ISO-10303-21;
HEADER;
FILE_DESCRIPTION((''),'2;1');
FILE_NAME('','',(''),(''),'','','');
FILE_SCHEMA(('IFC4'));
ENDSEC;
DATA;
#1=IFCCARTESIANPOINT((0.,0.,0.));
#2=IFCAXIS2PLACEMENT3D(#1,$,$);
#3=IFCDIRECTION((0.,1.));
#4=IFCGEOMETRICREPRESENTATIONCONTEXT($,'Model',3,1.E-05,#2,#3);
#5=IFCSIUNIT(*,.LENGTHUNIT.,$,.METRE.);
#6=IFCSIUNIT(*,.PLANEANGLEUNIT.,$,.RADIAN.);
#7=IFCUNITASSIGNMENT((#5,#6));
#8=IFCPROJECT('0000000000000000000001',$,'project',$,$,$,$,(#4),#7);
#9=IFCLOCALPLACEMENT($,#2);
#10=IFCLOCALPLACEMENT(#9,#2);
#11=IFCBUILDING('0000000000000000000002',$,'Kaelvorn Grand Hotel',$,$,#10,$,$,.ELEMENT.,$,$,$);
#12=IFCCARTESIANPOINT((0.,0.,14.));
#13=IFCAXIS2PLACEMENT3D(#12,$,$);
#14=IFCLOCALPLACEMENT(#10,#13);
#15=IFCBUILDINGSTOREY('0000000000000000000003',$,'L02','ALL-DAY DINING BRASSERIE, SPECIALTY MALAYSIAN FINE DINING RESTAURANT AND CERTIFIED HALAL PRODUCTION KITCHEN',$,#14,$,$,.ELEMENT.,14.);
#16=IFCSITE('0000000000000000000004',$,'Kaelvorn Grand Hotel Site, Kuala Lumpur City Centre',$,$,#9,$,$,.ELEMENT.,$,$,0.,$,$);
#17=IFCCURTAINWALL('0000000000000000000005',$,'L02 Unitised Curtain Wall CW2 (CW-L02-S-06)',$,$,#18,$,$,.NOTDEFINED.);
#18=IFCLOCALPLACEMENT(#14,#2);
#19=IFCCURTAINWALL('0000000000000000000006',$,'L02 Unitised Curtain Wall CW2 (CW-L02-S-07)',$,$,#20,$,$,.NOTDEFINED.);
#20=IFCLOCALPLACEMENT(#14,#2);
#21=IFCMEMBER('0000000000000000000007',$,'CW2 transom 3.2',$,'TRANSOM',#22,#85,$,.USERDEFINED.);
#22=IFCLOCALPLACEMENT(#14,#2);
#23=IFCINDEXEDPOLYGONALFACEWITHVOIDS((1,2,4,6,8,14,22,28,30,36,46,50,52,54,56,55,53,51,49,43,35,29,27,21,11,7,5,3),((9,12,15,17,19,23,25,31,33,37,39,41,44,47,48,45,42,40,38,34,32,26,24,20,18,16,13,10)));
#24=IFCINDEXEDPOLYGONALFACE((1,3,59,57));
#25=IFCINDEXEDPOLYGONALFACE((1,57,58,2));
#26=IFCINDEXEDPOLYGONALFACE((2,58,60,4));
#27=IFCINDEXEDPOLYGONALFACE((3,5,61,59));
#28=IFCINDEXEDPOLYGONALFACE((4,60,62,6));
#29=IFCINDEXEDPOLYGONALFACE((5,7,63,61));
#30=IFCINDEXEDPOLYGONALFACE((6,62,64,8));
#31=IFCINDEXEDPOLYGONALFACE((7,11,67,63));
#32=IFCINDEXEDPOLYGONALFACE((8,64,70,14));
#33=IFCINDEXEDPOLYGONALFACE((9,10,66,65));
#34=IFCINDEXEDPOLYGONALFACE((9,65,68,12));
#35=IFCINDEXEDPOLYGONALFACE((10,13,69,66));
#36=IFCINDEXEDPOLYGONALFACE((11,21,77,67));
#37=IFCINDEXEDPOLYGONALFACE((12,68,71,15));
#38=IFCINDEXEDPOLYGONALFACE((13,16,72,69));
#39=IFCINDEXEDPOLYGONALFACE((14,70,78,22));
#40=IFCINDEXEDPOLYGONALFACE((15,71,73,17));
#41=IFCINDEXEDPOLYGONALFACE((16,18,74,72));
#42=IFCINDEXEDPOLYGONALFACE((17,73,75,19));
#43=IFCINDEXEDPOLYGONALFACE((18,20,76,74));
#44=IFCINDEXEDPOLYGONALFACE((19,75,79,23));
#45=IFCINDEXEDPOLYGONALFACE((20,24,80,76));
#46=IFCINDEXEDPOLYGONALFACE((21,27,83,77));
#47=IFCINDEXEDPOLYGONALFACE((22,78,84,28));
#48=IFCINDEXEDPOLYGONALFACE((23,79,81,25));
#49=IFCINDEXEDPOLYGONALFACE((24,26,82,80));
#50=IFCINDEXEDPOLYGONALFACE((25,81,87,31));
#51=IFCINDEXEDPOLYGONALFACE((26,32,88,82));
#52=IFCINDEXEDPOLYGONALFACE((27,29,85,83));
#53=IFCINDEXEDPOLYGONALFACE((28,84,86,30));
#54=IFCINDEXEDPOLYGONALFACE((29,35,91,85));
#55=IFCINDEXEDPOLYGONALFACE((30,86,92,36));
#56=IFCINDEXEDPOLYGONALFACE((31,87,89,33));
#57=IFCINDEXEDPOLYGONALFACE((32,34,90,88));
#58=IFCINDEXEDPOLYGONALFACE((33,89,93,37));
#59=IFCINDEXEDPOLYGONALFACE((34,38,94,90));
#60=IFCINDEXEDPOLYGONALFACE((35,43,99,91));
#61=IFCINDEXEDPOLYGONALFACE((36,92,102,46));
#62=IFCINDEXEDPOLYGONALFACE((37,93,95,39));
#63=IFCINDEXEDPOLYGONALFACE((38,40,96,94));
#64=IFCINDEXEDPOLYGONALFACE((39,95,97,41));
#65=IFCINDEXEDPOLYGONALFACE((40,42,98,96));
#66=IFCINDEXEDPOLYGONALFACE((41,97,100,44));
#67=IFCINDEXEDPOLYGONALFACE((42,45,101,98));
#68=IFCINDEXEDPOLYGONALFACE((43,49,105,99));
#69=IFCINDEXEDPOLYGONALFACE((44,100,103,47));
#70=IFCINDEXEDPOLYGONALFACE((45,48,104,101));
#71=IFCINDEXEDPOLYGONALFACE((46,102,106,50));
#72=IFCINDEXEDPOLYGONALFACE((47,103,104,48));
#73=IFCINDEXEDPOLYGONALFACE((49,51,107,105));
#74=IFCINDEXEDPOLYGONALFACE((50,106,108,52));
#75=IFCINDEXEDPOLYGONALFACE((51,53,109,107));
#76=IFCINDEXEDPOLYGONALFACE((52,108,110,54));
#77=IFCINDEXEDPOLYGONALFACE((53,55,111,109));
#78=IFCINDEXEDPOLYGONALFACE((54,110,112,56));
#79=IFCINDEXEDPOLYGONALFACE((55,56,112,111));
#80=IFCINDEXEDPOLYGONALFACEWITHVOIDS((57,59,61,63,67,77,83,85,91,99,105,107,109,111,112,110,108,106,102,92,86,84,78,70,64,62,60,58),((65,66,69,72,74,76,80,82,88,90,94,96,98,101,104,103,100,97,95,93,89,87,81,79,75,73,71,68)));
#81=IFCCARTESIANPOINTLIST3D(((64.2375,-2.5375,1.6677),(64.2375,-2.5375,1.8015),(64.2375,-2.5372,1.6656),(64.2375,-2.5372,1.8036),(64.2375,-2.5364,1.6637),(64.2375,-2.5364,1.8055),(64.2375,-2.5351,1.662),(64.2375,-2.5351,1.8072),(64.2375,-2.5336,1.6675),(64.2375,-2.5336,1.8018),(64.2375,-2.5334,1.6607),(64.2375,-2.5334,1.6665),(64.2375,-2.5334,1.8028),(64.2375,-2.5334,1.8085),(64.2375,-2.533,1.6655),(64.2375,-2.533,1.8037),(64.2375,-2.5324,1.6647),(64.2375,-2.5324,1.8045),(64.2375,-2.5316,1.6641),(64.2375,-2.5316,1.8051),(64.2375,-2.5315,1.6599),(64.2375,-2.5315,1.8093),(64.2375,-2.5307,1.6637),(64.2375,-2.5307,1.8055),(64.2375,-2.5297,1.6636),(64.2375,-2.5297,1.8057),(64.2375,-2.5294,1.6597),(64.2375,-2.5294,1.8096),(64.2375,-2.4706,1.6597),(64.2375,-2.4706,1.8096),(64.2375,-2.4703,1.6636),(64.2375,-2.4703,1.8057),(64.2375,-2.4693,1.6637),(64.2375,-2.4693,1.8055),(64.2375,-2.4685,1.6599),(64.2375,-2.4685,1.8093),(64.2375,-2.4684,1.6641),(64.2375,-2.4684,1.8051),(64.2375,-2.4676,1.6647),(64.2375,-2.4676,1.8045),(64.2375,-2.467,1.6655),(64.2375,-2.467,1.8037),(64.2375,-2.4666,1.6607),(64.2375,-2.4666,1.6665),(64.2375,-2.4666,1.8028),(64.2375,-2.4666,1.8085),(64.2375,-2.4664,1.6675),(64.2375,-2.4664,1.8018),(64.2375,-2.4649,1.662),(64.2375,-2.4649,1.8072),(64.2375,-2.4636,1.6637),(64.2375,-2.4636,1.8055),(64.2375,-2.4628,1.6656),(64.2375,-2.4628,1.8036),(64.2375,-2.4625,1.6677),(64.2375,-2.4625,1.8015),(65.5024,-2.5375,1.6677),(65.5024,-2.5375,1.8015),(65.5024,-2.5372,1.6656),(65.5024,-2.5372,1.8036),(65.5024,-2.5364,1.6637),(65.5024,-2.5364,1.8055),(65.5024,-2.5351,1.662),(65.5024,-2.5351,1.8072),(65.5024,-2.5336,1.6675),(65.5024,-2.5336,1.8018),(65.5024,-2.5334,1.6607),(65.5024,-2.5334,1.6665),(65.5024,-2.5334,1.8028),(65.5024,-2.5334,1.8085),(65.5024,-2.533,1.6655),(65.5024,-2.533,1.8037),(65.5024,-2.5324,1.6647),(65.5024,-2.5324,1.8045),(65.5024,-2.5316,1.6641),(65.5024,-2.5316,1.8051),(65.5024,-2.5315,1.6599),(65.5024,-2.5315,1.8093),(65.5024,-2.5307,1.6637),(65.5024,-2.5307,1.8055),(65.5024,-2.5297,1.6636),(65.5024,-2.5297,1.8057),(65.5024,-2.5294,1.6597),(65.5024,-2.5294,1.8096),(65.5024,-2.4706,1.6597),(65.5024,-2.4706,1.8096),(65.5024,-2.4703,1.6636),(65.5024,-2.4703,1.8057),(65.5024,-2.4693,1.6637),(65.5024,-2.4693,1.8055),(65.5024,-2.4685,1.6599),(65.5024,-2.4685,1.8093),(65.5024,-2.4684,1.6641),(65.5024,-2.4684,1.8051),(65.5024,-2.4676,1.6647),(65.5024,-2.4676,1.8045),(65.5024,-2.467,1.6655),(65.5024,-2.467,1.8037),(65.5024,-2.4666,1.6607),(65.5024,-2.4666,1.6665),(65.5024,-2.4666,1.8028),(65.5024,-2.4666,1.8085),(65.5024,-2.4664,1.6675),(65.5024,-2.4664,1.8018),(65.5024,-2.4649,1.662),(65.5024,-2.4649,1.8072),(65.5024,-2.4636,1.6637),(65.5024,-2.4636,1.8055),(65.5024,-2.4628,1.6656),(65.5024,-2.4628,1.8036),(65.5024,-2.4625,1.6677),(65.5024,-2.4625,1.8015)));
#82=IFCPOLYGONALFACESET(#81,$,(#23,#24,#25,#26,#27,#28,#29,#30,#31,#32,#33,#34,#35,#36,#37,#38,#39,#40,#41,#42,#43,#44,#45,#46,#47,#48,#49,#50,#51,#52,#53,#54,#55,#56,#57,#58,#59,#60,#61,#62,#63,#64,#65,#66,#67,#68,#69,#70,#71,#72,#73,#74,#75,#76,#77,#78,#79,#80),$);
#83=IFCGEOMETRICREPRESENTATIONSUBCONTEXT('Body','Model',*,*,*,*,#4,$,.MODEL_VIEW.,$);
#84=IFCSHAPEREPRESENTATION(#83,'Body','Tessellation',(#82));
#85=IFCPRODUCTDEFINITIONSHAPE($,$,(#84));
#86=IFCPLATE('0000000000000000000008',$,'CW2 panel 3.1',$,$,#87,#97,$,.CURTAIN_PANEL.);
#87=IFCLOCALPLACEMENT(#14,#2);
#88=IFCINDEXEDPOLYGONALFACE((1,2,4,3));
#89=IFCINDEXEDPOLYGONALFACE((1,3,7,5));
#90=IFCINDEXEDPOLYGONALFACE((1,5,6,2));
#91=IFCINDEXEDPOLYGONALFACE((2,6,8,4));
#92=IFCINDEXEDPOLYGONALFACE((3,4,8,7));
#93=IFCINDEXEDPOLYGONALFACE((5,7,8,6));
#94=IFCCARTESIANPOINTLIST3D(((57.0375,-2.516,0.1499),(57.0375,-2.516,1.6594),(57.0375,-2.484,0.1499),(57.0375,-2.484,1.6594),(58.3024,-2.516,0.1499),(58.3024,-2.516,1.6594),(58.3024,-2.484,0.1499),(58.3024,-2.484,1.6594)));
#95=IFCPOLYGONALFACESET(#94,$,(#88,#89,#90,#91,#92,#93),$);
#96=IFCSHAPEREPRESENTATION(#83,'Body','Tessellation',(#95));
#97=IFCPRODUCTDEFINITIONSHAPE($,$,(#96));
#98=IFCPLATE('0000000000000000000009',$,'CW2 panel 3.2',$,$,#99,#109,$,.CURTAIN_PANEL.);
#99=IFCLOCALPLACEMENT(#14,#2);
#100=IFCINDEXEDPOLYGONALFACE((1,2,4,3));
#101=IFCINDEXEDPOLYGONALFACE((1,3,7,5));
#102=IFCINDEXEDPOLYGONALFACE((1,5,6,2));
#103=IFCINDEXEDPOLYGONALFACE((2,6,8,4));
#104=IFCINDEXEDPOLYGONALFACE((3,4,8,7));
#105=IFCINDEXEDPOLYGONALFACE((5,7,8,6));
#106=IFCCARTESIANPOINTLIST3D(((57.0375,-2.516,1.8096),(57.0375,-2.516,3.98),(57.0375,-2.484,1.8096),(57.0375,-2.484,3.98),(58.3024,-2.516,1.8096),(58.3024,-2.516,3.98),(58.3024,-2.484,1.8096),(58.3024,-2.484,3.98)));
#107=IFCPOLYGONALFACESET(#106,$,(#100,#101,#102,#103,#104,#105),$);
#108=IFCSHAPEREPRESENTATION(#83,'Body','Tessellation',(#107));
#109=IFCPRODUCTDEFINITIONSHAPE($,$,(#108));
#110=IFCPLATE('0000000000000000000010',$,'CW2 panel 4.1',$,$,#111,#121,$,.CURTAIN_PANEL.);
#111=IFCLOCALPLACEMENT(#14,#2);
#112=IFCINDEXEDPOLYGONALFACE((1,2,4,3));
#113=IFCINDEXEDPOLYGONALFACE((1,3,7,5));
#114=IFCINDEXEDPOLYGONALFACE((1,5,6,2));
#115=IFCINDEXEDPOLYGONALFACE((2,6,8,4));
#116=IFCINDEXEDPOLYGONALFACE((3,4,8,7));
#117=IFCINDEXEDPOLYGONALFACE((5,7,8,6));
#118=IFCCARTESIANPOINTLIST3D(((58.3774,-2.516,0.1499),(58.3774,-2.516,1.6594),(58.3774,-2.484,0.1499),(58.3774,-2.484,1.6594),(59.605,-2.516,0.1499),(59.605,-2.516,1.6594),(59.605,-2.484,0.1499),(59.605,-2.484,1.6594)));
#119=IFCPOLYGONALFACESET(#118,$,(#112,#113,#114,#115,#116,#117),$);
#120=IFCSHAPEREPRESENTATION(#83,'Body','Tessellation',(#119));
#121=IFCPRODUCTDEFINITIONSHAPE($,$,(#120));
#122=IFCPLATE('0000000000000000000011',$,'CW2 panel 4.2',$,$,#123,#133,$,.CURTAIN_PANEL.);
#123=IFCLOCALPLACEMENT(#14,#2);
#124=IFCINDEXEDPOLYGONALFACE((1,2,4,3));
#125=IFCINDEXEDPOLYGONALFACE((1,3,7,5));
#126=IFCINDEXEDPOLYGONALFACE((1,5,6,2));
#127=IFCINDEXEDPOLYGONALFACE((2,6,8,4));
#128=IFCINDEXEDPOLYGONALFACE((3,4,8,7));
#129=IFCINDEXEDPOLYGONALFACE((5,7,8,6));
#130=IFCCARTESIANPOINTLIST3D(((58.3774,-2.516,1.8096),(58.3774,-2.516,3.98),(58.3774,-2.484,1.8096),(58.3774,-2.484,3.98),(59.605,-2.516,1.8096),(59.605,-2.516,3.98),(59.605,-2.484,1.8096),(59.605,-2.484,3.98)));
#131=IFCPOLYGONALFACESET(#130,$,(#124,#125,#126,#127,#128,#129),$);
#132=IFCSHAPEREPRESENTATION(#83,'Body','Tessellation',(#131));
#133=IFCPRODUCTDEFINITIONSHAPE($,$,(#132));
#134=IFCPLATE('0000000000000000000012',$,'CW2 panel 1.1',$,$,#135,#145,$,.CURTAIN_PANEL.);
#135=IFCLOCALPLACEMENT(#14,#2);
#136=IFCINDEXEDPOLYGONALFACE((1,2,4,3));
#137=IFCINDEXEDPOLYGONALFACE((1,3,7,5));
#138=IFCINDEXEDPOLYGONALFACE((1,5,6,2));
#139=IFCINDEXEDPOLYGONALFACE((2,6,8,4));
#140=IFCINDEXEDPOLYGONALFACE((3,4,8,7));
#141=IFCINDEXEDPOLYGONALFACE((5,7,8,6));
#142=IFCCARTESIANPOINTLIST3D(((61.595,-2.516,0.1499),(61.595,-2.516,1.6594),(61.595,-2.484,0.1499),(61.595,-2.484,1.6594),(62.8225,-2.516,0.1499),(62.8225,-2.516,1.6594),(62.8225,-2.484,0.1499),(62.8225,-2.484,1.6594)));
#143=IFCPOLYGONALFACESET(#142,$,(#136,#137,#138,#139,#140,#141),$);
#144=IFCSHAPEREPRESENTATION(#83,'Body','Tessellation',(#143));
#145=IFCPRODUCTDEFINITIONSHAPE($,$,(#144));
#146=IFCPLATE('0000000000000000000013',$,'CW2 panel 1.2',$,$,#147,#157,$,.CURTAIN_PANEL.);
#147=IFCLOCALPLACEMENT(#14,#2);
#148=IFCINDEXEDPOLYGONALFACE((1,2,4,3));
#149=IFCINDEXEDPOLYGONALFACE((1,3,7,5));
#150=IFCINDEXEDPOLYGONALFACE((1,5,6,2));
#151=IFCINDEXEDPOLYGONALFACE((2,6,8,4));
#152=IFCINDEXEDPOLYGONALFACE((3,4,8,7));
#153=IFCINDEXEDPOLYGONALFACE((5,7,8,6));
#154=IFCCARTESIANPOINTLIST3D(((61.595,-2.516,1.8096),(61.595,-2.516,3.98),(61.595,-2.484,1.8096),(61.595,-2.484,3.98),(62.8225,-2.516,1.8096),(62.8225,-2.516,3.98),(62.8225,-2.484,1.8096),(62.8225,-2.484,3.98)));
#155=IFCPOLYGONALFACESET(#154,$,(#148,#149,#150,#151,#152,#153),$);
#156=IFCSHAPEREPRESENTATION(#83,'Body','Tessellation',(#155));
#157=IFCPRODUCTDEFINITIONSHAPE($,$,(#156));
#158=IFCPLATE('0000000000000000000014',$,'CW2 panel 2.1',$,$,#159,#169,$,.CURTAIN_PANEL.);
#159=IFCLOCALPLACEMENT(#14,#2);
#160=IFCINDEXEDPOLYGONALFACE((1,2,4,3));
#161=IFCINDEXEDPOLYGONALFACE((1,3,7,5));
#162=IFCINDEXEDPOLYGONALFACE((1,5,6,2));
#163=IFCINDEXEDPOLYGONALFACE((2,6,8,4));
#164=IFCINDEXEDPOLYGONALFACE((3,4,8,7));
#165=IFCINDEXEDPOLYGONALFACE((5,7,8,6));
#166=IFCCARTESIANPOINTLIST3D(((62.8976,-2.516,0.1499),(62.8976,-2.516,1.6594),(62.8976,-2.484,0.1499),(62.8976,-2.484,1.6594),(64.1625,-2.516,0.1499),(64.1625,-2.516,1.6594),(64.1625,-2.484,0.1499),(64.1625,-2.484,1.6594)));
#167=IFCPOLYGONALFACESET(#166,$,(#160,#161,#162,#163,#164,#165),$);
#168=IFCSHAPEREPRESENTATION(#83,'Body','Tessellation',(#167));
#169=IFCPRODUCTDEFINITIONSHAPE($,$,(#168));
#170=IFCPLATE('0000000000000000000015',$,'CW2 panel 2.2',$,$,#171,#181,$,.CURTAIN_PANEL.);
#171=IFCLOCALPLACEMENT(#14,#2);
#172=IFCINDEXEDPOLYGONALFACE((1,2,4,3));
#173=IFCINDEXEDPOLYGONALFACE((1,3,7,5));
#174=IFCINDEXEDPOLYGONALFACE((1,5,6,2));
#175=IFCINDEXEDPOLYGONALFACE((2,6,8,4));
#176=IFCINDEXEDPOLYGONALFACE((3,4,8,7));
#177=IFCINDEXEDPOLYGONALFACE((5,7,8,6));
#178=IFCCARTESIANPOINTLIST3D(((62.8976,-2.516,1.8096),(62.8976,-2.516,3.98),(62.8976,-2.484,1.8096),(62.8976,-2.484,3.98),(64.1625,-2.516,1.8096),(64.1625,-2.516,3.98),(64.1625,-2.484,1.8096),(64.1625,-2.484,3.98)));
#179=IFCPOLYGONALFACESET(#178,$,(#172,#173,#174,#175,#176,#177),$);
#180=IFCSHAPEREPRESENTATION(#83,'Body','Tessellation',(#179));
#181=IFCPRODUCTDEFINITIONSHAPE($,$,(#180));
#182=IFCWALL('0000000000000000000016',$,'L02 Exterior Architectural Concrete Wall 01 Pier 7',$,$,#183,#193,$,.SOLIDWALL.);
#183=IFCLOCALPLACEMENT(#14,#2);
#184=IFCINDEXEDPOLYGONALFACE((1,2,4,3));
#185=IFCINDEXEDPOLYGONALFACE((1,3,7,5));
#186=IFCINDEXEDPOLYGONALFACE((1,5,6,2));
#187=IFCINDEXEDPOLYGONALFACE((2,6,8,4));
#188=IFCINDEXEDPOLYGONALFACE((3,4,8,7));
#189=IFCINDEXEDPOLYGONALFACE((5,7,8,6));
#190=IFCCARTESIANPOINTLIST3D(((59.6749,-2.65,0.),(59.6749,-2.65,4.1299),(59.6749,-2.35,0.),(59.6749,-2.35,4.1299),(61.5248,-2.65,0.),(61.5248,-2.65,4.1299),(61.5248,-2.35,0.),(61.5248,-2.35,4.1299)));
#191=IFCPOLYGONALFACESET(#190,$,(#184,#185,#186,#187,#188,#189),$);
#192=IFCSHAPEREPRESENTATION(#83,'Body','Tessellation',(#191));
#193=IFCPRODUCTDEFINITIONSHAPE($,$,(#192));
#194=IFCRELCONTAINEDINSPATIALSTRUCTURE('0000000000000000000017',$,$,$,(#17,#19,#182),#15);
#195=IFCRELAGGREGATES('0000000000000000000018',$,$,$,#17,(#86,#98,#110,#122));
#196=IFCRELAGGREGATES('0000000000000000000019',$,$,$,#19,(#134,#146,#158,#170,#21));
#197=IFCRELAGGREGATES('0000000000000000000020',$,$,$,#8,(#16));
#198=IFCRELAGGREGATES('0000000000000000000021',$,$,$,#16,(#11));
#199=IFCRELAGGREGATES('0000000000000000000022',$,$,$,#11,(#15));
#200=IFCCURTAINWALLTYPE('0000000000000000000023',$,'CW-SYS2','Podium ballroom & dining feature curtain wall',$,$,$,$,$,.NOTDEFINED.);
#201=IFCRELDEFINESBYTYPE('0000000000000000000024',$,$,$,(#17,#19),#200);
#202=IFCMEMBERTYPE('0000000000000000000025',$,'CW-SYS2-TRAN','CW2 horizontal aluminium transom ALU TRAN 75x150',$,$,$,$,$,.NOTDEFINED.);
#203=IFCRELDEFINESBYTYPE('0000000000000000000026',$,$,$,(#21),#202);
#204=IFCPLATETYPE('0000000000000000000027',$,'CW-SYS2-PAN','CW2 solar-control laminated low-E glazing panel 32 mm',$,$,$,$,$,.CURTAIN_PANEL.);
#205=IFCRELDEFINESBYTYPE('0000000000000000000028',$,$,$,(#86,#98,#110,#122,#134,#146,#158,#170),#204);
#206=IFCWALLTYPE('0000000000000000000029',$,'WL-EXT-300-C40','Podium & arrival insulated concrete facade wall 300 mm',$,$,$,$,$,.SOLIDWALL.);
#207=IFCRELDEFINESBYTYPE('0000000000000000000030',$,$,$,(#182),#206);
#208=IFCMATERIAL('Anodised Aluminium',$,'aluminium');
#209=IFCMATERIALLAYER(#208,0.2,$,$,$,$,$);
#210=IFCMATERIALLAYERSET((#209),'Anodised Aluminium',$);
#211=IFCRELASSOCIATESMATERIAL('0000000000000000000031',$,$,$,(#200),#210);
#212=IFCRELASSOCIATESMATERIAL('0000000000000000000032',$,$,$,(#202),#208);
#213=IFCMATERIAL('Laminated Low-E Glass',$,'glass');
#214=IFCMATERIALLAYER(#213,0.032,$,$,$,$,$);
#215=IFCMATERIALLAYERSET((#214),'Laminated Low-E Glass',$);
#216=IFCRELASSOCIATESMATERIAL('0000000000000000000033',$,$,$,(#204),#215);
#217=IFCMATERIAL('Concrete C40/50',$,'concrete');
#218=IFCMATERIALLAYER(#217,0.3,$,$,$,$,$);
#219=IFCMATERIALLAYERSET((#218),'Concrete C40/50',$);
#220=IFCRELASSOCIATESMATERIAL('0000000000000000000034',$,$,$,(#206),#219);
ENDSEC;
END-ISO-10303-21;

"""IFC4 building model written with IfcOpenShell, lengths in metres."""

from ifc_helpers import new_model, si_unit, direction, frame, frame_2d, origin, origin_2d, place, context, subcontext, project, spatial, rectangle, hollow_rectangle, extrude, material, layer, layer_set, material_profile, profile_set, type_object, element, aggregate, save


model = new_model("IFC4")

# Units and contexts
model_context = context("Model", 3, precision=1e-05, world=origin(), true_north=direction((0.0, 1.0)))
body_context = subcontext(model_context, "Body", "Model", "MODEL_VIEW")
ifc_project = project(units=[si_unit("LENGTHUNIT", "METRE"), si_unit("PLANEANGLEUNIT", "RADIAN")], contexts=[model_context])

# Site, building, storey
site_placement = place(None, origin())
site = spatial("IfcSite", under=ifc_project, at=site_placement, Name="Kaelvorn Grand Hotel Site, Kuala Lumpur City Centre", CompositionType="ELEMENT", RefElevation=0.0)
building_placement = place(site_placement, origin())
building = spatial("IfcBuilding", under=site, at=building_placement, Name="Kaelvorn Grand Hotel", CompositionType="ELEMENT")
storey_placement = place(building_placement, frame((0.0, 0.0, 14.0)))
storey = spatial("IfcBuildingStorey", under=building, at=storey_placement, Name="L02", Description="ALL-DAY DINING BRASSERIE, SPECIALTY MALAYSIAN FINE DINING RESTAURANT AND CERTIFIED HALAL PRODUCTION KITCHEN", CompositionType="ELEMENT", Elevation=14.0)

# Curtain walls
ifc_material_1 = material(Name="Anodised Aluminium", Category="aluminium")
ifc_layer_1 = layer(ifc_material_1, 0.2)
ifc_layer_set_1 = layer_set([ifc_layer_1], Name="Anodised Aluminium")
curtain_wall_type = type_object("IfcCurtainWallType", Name="CW-SYS2", Description="Podium ballroom & dining feature curtain wall", PredefinedType="NOTDEFINED", material=ifc_layer_set_1)
curtain_wall_1_placement = place(storey_placement, origin())
curtain_wall_1 = element("IfcCurtainWall", 1, at=curtain_wall_1_placement, inside=storey, type_object=curtain_wall_type, Name="L02 Unitised Curtain Wall CW2 (CW-L02-S-06)", PredefinedType="NOTDEFINED")
curtain_wall_2_placement = place(storey_placement, origin())
curtain_wall_2 = element("IfcCurtainWall", 2, at=curtain_wall_2_placement, inside=storey, type_object=curtain_wall_type, Name="L02 Unitised Curtain Wall CW2 (CW-L02-S-07)", PredefinedType="NOTDEFINED")

# Member
ifc_material_profile_1 = material_profile(ifc_material_1, hollow_rectangle(XDim=0.075, YDim=0.1499, WallThickness=0.0039, InnerFilletRadius=0.0039, OuterFilletRadius=0.0081, at=origin_2d()), Name="ALU TRAN 75x150")
ifc_profile_set_1 = profile_set([ifc_material_profile_1], Name="Anodised Aluminium")
member_type_1 = type_object("IfcMemberType", Name="CW-SYS2-TRAN", Description="CW2 horizontal aluminium transom ALU TRAN 75x150", PredefinedType="NOTDEFINED", material=ifc_profile_set_1)
member_1_placement = place(storey_placement, frame((64.2375, -2.5, 1.7346), z_axis=(1.0, 0.0, 0.0), x_axis=(0.0, 1.0, 0.0)))
member_1 = element("IfcMember", 3, at=member_1_placement, type_object=member_type_1, Name="CW2 transom 3.2", ObjectType="TRANSOM", PredefinedType="USERDEFINED", context=body_context, shape_type="SweptSolid", body=[
    extrude(hollow_rectangle(XDim=0.075, YDim=0.1499, WallThickness=0.0039, InnerFilletRadius=0.0039, OuterFilletRadius=0.0081, at=origin_2d()), origin(), (0.0, 0.0, 1.0), 1.2649),
])

# Plates
ifc_material_2 = material(Name="Laminated Low-E Glass", Category="glass")
ifc_layer_2 = layer(ifc_material_2, 0.032)
ifc_layer_set_2 = layer_set([ifc_layer_2], Name="Laminated Low-E Glass")
plate_type = type_object("IfcPlateType", Name="CW-SYS2-PAN", Description="CW2 solar-control laminated low-E glazing panel 32 mm", PredefinedType="CURTAIN_PANEL", material=ifc_layer_set_2)
plate_1_placement = place(storey_placement, frame((57.6699, -2.5, 0.1499), z_axis=(0.0, 0.0, 1.0), x_axis=(1.0, 0.0, 0.0)))
plate_1 = element("IfcPlate", 4, at=plate_1_placement, type_object=plate_type, Name="CW2 panel 3.1", PredefinedType="CURTAIN_PANEL", context=body_context, shape_type="SweptSolid", body=[
    extrude(rectangle(XDim=1.2649, YDim=0.032, at=origin_2d()), origin(), (0.0, 0.0, 1.0), 1.5095),
])
plate_2_placement = place(storey_placement, frame((57.6699, -2.5, 1.8096), z_axis=(0.0, 0.0, 1.0), x_axis=(1.0, 0.0, 0.0)))
plate_2 = element("IfcPlate", 5, at=plate_2_placement, type_object=plate_type, Name="CW2 panel 3.2", PredefinedType="CURTAIN_PANEL", context=body_context, shape_type="SweptSolid", body=[
    extrude(rectangle(XDim=1.2649, YDim=0.032, at=origin_2d()), origin(), (0.0, 0.0, 1.0), 2.1704),
])
plate_3_placement = place(storey_placement, frame((58.9912, -2.5, 0.1499), z_axis=(0.0, 0.0, 1.0), x_axis=(1.0, 0.0, 0.0)))
plate_3 = element("IfcPlate", 6, at=plate_3_placement, type_object=plate_type, Name="CW2 panel 4.1", PredefinedType="CURTAIN_PANEL", context=body_context, shape_type="SweptSolid", body=[
    extrude(rectangle(XDim=1.2275, YDim=0.032, at=origin_2d()), origin(), (0.0, 0.0, 1.0), 1.5095),
])
plate_4_placement = place(storey_placement, frame((58.9912, -2.5, 1.8096), z_axis=(0.0, 0.0, 1.0), x_axis=(1.0, 0.0, 0.0)))
plate_4 = element("IfcPlate", 7, at=plate_4_placement, type_object=plate_type, Name="CW2 panel 4.2", PredefinedType="CURTAIN_PANEL", context=body_context, shape_type="SweptSolid", body=[
    extrude(rectangle(XDim=1.2275, YDim=0.032, at=origin_2d()), origin(), (0.0, 0.0, 1.0), 2.1704),
])
aggregate(curtain_wall_1, [plate_1, plate_2, plate_3, plate_4])
plate_5_placement = place(storey_placement, frame((62.2087, -2.5, 0.1499), z_axis=(0.0, 0.0, 1.0), x_axis=(1.0, 0.0, 0.0)))
plate_5 = element("IfcPlate", 8, at=plate_5_placement, type_object=plate_type, Name="CW2 panel 1.1", PredefinedType="CURTAIN_PANEL", context=body_context, shape_type="SweptSolid", body=[
    extrude(rectangle(XDim=1.2275, YDim=0.032, at=origin_2d()), origin(), (0.0, 0.0, 1.0), 1.5095),
])
plate_6_placement = place(storey_placement, frame((62.2087, -2.5, 1.8096), z_axis=(0.0, 0.0, 1.0), x_axis=(1.0, 0.0, 0.0)))
plate_6 = element("IfcPlate", 9, at=plate_6_placement, type_object=plate_type, Name="CW2 panel 1.2", PredefinedType="CURTAIN_PANEL", context=body_context, shape_type="SweptSolid", body=[
    extrude(rectangle(XDim=1.2275, YDim=0.032, at=origin_2d()), origin(), (0.0, 0.0, 1.0), 2.1704),
])
plate_7_placement = place(storey_placement, frame((63.53, -2.5, 0.1499), z_axis=(0.0, 0.0, 1.0), x_axis=(1.0, 0.0, 0.0)))
plate_7 = element("IfcPlate", 10, at=plate_7_placement, type_object=plate_type, Name="CW2 panel 2.1", PredefinedType="CURTAIN_PANEL", context=body_context, shape_type="SweptSolid", body=[
    extrude(rectangle(XDim=1.2649, YDim=0.032, at=origin_2d()), origin(), (0.0, 0.0, 1.0), 1.5095),
])
plate_8_placement = place(storey_placement, frame((63.53, -2.5, 1.8096), z_axis=(0.0, 0.0, 1.0), x_axis=(1.0, 0.0, 0.0)))
plate_8 = element("IfcPlate", 11, at=plate_8_placement, type_object=plate_type, Name="CW2 panel 2.2", PredefinedType="CURTAIN_PANEL", context=body_context, shape_type="SweptSolid", body=[
    extrude(rectangle(XDim=1.2649, YDim=0.032, at=origin_2d()), origin(), (0.0, 0.0, 1.0), 2.1704),
])
aggregate(curtain_wall_2, [plate_5, plate_6, plate_7, plate_8, member_1])

# Wall
ifc_material_3 = material(Name="Concrete C40/50", Category="concrete")
ifc_layer_3 = layer(ifc_material_3, 0.3)
ifc_layer_set_3 = layer_set([ifc_layer_3], Name="Concrete C40/50")
wall_type = type_object("IfcWallType", Name="WL-EXT-300-C40", Description="Podium & arrival insulated concrete facade wall 300 mm", PredefinedType="SOLIDWALL", material=ifc_layer_set_3)
wall_placement = place(storey_placement, frame((59.675, -2.5, 0.0), z_axis=(0.0, 0.0, 1.0), x_axis=(1.0, 0.0, 0.0)))
element("IfcWall", 12, at=wall_placement, inside=storey, type_object=wall_type, Name="L02 Exterior Architectural Concrete Wall 01 Pier 7", PredefinedType="SOLIDWALL", context=body_context, shape_type="SweptSolid", body=[
    extrude(rectangle(XDim=1.8499, YDim=0.3, at=frame_2d((0.9248, 0.0))), origin(), (0.0, 0.0, 1.0), 4.1299),
])

save(model, "model.ifc")
